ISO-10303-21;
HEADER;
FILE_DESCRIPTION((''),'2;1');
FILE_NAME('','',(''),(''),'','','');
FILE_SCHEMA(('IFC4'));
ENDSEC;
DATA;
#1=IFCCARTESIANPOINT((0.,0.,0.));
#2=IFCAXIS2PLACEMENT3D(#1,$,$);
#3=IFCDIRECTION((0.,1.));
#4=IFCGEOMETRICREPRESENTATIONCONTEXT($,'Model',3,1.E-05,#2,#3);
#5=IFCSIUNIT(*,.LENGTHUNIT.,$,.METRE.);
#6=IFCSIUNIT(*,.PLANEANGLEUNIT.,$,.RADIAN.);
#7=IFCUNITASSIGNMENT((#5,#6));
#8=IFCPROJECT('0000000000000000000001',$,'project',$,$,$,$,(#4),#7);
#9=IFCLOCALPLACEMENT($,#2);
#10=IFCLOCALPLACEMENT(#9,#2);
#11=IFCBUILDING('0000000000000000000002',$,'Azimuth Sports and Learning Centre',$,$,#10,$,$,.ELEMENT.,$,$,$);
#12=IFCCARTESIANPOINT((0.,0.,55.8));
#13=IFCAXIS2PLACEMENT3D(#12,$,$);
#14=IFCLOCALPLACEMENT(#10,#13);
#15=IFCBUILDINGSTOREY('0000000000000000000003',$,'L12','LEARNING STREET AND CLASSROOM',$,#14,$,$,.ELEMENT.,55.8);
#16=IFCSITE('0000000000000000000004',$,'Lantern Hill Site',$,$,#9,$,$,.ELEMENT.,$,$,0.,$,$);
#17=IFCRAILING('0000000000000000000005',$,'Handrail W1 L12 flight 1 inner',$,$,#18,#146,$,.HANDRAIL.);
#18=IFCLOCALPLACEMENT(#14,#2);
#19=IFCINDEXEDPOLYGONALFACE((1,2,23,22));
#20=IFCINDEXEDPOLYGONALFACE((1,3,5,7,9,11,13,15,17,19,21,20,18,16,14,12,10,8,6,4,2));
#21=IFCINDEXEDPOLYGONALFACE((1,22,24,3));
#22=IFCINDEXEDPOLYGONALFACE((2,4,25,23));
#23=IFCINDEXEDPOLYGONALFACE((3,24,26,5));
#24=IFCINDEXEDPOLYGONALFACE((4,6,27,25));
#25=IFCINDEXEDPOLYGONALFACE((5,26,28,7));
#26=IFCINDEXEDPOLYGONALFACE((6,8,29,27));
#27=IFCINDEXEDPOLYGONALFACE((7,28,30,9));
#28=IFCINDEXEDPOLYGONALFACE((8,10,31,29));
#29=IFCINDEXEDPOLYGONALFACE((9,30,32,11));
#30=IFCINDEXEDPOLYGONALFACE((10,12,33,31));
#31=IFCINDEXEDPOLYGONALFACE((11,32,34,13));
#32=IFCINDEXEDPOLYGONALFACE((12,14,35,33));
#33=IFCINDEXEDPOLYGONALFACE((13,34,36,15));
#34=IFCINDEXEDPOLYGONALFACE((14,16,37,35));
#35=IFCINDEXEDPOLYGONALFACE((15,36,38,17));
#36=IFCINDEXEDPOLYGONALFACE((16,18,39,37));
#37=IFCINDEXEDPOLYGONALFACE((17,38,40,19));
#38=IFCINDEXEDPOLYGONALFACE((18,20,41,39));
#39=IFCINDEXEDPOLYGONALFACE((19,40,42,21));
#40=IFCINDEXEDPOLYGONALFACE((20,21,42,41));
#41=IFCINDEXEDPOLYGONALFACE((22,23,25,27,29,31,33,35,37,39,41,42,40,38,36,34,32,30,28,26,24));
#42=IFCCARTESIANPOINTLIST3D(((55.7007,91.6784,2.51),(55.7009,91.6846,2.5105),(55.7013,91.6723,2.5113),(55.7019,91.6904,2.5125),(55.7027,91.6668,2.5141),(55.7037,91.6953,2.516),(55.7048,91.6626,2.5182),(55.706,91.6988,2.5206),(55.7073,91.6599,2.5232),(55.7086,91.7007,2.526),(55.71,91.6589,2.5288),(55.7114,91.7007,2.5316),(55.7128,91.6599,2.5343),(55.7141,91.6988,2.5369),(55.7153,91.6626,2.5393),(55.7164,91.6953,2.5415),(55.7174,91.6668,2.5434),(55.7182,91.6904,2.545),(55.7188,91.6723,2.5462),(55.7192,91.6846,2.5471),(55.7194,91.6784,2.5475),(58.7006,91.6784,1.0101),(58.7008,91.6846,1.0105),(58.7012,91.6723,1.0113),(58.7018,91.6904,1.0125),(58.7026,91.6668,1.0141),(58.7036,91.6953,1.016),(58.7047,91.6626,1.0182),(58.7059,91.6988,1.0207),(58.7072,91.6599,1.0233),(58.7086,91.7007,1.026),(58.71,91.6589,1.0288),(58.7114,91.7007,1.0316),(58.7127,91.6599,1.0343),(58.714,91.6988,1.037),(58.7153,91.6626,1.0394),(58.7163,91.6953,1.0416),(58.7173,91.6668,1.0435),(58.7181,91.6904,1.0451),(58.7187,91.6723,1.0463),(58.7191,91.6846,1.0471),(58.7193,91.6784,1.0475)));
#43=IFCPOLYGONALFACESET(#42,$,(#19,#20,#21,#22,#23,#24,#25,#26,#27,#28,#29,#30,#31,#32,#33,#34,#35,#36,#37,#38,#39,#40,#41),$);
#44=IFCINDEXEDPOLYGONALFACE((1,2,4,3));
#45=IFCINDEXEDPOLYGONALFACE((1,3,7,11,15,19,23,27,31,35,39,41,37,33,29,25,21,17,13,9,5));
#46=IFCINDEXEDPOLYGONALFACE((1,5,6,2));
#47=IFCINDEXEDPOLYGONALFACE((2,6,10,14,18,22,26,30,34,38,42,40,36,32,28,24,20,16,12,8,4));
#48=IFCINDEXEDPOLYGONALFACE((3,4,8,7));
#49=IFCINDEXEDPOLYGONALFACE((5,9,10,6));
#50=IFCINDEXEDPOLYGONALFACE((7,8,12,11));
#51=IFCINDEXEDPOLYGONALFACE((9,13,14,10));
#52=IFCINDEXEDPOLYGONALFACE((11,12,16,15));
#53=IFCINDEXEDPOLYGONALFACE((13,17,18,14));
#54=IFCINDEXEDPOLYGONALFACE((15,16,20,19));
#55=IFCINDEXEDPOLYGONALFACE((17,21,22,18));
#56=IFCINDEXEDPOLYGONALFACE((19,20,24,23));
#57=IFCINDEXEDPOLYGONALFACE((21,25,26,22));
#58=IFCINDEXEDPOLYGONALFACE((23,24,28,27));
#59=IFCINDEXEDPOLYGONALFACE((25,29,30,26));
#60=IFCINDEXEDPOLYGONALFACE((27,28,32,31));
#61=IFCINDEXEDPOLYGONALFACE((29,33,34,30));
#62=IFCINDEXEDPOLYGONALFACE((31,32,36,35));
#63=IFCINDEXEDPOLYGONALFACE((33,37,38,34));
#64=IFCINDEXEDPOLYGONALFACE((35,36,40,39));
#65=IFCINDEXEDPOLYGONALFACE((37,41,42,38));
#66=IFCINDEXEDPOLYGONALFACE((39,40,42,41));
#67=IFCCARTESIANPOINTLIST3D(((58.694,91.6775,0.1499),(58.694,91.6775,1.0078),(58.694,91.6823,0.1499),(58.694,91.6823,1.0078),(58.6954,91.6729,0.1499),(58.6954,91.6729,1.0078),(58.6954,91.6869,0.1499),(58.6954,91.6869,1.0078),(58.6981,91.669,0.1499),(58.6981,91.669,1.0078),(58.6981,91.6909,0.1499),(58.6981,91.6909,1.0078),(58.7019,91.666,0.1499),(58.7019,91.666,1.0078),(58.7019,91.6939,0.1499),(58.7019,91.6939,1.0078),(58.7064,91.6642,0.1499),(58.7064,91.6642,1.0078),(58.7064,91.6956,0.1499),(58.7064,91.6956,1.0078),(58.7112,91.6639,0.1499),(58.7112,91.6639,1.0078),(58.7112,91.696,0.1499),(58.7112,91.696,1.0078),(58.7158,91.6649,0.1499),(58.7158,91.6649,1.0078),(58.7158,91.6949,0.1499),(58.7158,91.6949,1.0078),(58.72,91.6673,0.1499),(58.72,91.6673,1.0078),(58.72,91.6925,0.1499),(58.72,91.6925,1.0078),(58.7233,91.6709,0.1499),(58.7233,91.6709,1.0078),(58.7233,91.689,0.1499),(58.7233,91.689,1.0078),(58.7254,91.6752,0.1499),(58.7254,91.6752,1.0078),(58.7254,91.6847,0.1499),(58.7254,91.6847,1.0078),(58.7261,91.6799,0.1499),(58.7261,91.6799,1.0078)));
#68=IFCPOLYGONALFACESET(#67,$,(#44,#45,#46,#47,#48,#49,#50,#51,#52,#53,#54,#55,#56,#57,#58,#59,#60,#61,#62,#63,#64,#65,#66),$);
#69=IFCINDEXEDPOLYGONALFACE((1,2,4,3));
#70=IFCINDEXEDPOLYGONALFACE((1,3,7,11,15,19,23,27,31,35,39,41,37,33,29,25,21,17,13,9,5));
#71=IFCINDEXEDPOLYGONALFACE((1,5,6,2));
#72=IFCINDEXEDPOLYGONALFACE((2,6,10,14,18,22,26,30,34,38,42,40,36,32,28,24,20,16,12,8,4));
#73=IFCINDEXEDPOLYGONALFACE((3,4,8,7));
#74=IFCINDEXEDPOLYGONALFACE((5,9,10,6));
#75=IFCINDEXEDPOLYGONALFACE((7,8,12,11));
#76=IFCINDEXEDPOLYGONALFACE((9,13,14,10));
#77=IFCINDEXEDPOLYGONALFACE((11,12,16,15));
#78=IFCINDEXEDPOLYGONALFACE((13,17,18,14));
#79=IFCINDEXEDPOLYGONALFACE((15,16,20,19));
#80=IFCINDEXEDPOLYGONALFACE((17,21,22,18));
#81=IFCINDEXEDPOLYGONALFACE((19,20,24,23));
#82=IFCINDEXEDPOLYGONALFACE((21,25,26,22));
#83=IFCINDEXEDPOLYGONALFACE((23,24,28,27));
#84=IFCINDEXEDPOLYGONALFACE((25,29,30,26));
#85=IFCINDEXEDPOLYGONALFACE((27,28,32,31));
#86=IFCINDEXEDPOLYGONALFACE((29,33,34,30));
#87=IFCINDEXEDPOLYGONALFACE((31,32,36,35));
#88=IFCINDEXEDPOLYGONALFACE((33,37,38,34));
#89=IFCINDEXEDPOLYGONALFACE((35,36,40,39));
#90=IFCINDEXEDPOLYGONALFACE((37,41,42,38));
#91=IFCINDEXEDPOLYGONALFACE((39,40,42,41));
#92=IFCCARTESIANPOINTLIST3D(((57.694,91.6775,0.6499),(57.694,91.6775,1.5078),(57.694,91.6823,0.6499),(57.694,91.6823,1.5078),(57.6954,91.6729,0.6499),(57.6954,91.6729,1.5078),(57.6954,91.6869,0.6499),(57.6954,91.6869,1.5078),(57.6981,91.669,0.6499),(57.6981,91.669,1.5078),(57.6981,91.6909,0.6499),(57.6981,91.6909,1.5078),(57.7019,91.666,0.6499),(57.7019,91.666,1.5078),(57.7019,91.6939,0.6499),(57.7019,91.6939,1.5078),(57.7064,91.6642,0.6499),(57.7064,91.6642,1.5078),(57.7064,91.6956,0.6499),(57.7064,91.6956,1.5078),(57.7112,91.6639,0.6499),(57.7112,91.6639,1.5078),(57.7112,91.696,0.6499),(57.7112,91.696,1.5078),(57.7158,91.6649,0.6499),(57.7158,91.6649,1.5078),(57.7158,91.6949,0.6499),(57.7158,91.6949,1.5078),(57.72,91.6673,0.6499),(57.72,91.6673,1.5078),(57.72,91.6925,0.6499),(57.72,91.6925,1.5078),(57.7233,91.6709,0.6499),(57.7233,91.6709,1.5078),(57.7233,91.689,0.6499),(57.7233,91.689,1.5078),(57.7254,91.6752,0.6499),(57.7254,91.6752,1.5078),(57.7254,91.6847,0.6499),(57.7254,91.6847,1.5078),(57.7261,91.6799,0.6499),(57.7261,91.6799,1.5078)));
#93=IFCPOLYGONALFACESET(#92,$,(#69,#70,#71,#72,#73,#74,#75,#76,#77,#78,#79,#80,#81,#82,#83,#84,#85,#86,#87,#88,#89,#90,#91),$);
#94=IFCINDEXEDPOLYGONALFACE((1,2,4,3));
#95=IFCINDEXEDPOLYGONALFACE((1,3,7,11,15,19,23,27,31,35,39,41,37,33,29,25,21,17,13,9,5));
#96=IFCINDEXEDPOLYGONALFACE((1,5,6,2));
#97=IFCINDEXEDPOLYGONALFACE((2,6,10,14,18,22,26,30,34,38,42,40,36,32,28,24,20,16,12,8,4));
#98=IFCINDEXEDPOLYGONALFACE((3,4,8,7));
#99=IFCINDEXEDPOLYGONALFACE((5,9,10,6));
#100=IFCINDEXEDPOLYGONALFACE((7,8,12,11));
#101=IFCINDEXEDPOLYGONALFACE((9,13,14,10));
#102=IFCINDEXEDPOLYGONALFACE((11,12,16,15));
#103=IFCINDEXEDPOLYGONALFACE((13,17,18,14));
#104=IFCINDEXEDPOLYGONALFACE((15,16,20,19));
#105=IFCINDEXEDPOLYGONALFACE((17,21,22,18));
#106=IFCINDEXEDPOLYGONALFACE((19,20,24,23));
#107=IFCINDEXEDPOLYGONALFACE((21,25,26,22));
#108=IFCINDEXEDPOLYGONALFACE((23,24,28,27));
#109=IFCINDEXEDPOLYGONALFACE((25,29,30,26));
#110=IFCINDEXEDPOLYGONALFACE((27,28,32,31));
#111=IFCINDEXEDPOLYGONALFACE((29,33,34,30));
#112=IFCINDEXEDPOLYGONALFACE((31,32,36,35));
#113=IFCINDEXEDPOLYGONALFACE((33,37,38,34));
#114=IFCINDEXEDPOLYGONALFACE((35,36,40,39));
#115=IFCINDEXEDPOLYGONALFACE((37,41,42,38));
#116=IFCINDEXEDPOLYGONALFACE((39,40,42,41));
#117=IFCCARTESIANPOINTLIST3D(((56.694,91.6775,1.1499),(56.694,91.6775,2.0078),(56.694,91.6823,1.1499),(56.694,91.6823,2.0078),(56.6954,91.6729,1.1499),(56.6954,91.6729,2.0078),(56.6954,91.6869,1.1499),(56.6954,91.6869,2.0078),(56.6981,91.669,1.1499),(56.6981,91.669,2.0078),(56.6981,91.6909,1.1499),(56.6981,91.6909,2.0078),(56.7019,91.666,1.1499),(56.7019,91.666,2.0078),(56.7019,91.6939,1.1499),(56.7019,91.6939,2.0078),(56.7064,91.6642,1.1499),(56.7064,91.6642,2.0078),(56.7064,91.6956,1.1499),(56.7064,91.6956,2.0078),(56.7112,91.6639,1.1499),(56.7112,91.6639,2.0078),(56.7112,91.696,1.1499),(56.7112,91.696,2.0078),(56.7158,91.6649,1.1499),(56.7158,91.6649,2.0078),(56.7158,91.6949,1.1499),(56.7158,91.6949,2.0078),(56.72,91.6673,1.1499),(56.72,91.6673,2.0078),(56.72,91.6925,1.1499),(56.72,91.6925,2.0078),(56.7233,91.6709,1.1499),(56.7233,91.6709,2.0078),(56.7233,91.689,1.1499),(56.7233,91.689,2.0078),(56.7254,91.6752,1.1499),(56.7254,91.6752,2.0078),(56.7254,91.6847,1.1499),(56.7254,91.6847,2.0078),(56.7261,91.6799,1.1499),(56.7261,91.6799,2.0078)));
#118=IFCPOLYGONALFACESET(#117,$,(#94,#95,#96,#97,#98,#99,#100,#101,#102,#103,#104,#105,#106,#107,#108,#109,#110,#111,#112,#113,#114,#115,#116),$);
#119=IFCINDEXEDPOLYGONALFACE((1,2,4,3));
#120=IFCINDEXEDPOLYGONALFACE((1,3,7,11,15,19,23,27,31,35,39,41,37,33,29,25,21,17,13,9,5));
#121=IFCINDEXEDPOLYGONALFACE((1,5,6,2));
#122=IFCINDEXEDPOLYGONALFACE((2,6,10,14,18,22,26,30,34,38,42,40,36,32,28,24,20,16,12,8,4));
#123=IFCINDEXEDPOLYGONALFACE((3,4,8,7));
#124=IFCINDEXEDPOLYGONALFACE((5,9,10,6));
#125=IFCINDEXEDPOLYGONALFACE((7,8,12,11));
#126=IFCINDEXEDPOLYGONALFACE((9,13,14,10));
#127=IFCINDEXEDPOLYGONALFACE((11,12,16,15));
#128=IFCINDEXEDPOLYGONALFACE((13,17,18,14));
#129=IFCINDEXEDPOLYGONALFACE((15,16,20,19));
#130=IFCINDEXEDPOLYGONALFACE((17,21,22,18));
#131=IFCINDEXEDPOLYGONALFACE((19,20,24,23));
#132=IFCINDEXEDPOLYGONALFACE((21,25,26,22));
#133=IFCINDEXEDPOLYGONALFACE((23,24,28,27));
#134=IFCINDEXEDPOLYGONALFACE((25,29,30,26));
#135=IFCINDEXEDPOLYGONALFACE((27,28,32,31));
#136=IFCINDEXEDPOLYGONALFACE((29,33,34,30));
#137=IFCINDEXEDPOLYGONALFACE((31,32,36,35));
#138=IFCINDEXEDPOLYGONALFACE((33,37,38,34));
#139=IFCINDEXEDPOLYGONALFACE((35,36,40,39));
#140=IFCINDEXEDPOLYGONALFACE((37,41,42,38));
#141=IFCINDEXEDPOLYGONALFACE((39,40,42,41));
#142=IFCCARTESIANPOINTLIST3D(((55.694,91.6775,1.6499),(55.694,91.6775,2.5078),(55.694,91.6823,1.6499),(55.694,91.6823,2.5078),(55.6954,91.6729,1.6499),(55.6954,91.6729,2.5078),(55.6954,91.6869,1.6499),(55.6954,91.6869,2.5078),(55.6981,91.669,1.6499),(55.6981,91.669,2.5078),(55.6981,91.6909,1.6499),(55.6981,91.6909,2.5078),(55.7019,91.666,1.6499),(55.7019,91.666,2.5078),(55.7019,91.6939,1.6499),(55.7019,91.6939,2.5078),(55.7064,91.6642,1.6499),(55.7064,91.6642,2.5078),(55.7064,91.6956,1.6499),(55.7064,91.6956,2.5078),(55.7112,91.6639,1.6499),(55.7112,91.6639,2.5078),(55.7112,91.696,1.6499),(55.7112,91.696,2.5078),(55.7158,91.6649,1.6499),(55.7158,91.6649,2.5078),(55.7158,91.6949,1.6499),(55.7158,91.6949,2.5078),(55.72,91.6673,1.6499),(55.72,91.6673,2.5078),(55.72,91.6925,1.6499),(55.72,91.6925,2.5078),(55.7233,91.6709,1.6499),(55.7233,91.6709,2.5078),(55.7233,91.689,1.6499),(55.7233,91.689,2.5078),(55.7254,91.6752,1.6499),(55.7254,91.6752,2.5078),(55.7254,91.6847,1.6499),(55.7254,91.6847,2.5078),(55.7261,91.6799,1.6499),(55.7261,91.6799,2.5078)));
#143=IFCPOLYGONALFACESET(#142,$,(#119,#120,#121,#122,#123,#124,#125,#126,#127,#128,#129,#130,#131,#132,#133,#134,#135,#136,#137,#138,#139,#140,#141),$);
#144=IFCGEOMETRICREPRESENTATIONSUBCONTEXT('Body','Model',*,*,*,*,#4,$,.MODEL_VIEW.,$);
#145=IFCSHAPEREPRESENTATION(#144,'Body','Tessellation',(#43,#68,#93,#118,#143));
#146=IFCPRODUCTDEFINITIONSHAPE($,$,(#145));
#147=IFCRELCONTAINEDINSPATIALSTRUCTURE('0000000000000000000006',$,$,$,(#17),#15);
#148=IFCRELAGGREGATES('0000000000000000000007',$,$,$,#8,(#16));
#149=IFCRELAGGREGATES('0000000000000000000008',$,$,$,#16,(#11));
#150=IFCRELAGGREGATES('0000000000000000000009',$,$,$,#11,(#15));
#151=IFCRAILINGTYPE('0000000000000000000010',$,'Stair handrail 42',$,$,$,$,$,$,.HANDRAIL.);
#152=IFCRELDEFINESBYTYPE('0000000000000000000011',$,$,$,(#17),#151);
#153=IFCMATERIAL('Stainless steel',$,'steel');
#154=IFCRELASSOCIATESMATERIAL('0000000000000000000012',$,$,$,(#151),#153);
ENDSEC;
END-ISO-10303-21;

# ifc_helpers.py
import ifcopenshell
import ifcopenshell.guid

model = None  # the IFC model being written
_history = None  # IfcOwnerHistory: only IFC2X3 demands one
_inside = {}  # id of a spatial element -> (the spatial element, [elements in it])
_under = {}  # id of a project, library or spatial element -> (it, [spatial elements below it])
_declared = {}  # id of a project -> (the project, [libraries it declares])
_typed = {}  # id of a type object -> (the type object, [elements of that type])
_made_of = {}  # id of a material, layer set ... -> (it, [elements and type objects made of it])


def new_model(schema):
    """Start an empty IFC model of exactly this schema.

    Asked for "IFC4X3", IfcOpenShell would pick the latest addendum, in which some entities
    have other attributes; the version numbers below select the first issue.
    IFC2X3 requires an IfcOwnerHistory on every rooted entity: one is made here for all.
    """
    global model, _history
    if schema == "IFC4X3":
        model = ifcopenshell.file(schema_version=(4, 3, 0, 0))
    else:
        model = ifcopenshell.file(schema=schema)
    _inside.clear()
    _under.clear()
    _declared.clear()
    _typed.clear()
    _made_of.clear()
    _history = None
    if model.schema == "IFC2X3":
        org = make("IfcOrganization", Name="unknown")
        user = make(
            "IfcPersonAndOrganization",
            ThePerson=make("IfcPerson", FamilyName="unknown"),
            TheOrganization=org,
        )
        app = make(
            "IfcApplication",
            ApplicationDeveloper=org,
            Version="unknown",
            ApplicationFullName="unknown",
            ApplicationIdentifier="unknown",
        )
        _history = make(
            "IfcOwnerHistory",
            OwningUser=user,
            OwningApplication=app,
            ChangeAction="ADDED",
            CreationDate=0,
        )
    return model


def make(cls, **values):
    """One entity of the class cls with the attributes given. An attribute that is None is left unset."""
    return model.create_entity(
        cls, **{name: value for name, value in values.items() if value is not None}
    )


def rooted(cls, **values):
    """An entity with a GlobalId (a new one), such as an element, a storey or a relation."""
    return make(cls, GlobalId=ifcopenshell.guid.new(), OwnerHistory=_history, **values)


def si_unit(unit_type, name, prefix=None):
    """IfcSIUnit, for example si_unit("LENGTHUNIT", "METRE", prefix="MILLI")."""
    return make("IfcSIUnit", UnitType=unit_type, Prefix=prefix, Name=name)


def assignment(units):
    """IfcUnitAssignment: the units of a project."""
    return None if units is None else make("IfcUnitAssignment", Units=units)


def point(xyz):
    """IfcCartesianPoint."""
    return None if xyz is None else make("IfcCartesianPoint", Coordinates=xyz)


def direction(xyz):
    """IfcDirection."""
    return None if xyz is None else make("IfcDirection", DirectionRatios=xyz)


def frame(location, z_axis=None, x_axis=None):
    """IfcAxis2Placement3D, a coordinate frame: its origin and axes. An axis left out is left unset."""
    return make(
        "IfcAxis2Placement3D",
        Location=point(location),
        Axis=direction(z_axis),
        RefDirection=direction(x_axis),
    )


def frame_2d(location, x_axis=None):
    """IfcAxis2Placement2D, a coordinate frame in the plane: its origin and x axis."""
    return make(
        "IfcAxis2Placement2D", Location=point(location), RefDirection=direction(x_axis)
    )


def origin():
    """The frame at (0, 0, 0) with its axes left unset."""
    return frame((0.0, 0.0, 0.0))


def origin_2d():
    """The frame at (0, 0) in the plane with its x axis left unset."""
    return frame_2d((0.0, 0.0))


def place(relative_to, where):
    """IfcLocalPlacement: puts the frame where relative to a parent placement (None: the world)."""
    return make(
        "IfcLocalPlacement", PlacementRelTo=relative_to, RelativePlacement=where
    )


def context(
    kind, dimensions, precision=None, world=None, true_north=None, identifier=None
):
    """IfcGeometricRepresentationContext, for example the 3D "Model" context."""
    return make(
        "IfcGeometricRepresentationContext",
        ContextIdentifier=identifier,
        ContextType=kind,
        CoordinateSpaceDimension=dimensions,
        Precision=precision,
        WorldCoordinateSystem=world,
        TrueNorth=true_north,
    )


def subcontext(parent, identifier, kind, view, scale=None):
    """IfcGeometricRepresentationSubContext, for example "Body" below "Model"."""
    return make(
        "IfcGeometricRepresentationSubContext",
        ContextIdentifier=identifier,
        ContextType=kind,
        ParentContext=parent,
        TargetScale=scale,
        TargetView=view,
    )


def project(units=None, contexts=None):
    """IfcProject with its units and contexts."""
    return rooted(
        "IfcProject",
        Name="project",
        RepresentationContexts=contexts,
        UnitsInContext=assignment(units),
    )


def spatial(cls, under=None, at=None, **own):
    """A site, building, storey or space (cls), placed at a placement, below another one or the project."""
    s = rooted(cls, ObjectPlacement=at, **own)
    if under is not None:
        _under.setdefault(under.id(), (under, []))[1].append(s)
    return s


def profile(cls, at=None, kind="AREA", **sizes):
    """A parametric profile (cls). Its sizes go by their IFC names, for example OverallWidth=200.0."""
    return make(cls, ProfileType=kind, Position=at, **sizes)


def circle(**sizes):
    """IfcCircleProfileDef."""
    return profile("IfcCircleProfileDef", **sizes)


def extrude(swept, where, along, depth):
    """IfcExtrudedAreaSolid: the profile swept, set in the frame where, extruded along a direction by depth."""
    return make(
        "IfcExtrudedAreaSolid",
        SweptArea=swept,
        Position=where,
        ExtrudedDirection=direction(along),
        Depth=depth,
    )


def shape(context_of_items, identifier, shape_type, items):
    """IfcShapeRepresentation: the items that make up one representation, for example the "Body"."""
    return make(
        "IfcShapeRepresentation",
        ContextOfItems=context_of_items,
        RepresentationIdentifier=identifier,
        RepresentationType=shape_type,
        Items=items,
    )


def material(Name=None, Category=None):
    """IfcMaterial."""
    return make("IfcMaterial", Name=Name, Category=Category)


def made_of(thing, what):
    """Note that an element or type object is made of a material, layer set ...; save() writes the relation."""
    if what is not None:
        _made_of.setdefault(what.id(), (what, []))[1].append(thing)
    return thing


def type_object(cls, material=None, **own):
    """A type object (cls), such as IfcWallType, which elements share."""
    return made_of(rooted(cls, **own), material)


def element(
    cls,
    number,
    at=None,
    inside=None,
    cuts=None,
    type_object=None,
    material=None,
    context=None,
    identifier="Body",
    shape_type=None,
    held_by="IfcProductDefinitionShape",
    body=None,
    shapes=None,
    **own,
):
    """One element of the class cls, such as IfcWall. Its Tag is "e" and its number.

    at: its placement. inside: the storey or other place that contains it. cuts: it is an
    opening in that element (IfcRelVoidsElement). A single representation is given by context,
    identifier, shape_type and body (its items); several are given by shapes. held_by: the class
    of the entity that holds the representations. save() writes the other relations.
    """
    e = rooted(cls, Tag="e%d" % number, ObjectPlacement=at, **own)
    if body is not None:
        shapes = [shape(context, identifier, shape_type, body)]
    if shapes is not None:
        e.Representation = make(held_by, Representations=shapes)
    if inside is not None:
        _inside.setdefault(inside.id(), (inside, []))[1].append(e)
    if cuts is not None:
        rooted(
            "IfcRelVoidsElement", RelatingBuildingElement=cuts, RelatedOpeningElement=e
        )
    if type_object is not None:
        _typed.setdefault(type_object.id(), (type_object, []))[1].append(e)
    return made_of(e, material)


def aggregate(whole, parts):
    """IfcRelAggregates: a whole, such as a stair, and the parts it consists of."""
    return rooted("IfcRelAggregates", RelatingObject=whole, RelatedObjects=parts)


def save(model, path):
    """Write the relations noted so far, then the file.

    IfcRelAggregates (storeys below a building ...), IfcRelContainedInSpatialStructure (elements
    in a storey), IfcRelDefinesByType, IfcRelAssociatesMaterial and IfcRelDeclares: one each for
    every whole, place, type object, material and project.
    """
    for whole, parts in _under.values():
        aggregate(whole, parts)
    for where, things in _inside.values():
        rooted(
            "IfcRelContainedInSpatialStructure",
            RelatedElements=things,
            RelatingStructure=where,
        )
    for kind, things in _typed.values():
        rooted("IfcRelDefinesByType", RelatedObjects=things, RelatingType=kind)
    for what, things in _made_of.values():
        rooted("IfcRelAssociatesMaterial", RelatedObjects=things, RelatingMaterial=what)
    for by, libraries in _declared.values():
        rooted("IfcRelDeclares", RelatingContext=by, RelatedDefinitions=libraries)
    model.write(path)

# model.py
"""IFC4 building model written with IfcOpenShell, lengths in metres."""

from ifc_helpers import new_model, si_unit, direction, frame, origin, origin_2d, place, context, subcontext, project, spatial, circle, extrude, material, type_object, element, save


model = new_model("IFC4")

# Units and contexts
model_context = context("Model", 3, precision=1e-05, world=origin(), true_north=direction((0.0, 1.0)))
body_context = subcontext(model_context, "Body", "Model", "MODEL_VIEW")
ifc_project = project(units=[si_unit("LENGTHUNIT", "METRE"), si_unit("PLANEANGLEUNIT", "RADIAN")], contexts=[model_context])

# Site, building, storey
site_placement = place(None, origin())
site = spatial("IfcSite", under=ifc_project, at=site_placement, Name="Lantern Hill Site", CompositionType="ELEMENT", RefElevation=0.0)
building_placement = place(site_placement, origin())
building = spatial("IfcBuilding", under=site, at=building_placement, Name="Azimuth Sports and Learning Centre", CompositionType="ELEMENT")
storey_placement = place(building_placement, frame((0.0, 0.0, 55.8)))
storey = spatial("IfcBuildingStorey", under=building, at=storey_placement, Name="L12", Description="LEARNING STREET AND CLASSROOM", CompositionType="ELEMENT", Elevation=55.8)

# Railing
ifc_material_1 = material(Name="Stainless steel", Category="steel")
railing_type_1 = type_object("IfcRailingType", Name="Stair handrail 42", PredefinedType="HANDRAIL", material=ifc_material_1)
for number, where, name in (
    (1, (58.71, 91.6799, 0.1499), "Handrail W1 L12 flight 1 inner"),
):
    element("IfcRailing", number, at=place(storey_placement, frame(where)), inside=storey, type_object=railing_type_1, Name=name, PredefinedType="HANDRAIL", context=body_context, shape_type="SweptSolid", body=[
        extrude(circle(Radius=0.021, at=origin_2d()), frame((0.0, 0.0, 0.8789), z_axis=(-0.894427, 0.0, 0.447214), x_axis=(0.0, -1.0, 0.0)), (0.0, 0.0, 1.0), 3.354),
        extrude(circle(Radius=0.0161, at=origin_2d()), origin(), (0.0, 0.0, 1.0), 0.8579),
        extrude(circle(Radius=0.0161, at=origin_2d()), frame((-1.0, 0.0, 0.5)), (0.0, 0.0, 1.0), 0.8579),
        extrude(circle(Radius=0.0161, at=origin_2d()), frame((-2.0, 0.0, 1.0)), (0.0, 0.0, 1.0), 0.8579),
        extrude(circle(Radius=0.0161, at=origin_2d()), frame((-3.0, 0.0, 1.5)), (0.0, 0.0, 1.0), 0.8579),
    ])

save(model, "model.ifc")
